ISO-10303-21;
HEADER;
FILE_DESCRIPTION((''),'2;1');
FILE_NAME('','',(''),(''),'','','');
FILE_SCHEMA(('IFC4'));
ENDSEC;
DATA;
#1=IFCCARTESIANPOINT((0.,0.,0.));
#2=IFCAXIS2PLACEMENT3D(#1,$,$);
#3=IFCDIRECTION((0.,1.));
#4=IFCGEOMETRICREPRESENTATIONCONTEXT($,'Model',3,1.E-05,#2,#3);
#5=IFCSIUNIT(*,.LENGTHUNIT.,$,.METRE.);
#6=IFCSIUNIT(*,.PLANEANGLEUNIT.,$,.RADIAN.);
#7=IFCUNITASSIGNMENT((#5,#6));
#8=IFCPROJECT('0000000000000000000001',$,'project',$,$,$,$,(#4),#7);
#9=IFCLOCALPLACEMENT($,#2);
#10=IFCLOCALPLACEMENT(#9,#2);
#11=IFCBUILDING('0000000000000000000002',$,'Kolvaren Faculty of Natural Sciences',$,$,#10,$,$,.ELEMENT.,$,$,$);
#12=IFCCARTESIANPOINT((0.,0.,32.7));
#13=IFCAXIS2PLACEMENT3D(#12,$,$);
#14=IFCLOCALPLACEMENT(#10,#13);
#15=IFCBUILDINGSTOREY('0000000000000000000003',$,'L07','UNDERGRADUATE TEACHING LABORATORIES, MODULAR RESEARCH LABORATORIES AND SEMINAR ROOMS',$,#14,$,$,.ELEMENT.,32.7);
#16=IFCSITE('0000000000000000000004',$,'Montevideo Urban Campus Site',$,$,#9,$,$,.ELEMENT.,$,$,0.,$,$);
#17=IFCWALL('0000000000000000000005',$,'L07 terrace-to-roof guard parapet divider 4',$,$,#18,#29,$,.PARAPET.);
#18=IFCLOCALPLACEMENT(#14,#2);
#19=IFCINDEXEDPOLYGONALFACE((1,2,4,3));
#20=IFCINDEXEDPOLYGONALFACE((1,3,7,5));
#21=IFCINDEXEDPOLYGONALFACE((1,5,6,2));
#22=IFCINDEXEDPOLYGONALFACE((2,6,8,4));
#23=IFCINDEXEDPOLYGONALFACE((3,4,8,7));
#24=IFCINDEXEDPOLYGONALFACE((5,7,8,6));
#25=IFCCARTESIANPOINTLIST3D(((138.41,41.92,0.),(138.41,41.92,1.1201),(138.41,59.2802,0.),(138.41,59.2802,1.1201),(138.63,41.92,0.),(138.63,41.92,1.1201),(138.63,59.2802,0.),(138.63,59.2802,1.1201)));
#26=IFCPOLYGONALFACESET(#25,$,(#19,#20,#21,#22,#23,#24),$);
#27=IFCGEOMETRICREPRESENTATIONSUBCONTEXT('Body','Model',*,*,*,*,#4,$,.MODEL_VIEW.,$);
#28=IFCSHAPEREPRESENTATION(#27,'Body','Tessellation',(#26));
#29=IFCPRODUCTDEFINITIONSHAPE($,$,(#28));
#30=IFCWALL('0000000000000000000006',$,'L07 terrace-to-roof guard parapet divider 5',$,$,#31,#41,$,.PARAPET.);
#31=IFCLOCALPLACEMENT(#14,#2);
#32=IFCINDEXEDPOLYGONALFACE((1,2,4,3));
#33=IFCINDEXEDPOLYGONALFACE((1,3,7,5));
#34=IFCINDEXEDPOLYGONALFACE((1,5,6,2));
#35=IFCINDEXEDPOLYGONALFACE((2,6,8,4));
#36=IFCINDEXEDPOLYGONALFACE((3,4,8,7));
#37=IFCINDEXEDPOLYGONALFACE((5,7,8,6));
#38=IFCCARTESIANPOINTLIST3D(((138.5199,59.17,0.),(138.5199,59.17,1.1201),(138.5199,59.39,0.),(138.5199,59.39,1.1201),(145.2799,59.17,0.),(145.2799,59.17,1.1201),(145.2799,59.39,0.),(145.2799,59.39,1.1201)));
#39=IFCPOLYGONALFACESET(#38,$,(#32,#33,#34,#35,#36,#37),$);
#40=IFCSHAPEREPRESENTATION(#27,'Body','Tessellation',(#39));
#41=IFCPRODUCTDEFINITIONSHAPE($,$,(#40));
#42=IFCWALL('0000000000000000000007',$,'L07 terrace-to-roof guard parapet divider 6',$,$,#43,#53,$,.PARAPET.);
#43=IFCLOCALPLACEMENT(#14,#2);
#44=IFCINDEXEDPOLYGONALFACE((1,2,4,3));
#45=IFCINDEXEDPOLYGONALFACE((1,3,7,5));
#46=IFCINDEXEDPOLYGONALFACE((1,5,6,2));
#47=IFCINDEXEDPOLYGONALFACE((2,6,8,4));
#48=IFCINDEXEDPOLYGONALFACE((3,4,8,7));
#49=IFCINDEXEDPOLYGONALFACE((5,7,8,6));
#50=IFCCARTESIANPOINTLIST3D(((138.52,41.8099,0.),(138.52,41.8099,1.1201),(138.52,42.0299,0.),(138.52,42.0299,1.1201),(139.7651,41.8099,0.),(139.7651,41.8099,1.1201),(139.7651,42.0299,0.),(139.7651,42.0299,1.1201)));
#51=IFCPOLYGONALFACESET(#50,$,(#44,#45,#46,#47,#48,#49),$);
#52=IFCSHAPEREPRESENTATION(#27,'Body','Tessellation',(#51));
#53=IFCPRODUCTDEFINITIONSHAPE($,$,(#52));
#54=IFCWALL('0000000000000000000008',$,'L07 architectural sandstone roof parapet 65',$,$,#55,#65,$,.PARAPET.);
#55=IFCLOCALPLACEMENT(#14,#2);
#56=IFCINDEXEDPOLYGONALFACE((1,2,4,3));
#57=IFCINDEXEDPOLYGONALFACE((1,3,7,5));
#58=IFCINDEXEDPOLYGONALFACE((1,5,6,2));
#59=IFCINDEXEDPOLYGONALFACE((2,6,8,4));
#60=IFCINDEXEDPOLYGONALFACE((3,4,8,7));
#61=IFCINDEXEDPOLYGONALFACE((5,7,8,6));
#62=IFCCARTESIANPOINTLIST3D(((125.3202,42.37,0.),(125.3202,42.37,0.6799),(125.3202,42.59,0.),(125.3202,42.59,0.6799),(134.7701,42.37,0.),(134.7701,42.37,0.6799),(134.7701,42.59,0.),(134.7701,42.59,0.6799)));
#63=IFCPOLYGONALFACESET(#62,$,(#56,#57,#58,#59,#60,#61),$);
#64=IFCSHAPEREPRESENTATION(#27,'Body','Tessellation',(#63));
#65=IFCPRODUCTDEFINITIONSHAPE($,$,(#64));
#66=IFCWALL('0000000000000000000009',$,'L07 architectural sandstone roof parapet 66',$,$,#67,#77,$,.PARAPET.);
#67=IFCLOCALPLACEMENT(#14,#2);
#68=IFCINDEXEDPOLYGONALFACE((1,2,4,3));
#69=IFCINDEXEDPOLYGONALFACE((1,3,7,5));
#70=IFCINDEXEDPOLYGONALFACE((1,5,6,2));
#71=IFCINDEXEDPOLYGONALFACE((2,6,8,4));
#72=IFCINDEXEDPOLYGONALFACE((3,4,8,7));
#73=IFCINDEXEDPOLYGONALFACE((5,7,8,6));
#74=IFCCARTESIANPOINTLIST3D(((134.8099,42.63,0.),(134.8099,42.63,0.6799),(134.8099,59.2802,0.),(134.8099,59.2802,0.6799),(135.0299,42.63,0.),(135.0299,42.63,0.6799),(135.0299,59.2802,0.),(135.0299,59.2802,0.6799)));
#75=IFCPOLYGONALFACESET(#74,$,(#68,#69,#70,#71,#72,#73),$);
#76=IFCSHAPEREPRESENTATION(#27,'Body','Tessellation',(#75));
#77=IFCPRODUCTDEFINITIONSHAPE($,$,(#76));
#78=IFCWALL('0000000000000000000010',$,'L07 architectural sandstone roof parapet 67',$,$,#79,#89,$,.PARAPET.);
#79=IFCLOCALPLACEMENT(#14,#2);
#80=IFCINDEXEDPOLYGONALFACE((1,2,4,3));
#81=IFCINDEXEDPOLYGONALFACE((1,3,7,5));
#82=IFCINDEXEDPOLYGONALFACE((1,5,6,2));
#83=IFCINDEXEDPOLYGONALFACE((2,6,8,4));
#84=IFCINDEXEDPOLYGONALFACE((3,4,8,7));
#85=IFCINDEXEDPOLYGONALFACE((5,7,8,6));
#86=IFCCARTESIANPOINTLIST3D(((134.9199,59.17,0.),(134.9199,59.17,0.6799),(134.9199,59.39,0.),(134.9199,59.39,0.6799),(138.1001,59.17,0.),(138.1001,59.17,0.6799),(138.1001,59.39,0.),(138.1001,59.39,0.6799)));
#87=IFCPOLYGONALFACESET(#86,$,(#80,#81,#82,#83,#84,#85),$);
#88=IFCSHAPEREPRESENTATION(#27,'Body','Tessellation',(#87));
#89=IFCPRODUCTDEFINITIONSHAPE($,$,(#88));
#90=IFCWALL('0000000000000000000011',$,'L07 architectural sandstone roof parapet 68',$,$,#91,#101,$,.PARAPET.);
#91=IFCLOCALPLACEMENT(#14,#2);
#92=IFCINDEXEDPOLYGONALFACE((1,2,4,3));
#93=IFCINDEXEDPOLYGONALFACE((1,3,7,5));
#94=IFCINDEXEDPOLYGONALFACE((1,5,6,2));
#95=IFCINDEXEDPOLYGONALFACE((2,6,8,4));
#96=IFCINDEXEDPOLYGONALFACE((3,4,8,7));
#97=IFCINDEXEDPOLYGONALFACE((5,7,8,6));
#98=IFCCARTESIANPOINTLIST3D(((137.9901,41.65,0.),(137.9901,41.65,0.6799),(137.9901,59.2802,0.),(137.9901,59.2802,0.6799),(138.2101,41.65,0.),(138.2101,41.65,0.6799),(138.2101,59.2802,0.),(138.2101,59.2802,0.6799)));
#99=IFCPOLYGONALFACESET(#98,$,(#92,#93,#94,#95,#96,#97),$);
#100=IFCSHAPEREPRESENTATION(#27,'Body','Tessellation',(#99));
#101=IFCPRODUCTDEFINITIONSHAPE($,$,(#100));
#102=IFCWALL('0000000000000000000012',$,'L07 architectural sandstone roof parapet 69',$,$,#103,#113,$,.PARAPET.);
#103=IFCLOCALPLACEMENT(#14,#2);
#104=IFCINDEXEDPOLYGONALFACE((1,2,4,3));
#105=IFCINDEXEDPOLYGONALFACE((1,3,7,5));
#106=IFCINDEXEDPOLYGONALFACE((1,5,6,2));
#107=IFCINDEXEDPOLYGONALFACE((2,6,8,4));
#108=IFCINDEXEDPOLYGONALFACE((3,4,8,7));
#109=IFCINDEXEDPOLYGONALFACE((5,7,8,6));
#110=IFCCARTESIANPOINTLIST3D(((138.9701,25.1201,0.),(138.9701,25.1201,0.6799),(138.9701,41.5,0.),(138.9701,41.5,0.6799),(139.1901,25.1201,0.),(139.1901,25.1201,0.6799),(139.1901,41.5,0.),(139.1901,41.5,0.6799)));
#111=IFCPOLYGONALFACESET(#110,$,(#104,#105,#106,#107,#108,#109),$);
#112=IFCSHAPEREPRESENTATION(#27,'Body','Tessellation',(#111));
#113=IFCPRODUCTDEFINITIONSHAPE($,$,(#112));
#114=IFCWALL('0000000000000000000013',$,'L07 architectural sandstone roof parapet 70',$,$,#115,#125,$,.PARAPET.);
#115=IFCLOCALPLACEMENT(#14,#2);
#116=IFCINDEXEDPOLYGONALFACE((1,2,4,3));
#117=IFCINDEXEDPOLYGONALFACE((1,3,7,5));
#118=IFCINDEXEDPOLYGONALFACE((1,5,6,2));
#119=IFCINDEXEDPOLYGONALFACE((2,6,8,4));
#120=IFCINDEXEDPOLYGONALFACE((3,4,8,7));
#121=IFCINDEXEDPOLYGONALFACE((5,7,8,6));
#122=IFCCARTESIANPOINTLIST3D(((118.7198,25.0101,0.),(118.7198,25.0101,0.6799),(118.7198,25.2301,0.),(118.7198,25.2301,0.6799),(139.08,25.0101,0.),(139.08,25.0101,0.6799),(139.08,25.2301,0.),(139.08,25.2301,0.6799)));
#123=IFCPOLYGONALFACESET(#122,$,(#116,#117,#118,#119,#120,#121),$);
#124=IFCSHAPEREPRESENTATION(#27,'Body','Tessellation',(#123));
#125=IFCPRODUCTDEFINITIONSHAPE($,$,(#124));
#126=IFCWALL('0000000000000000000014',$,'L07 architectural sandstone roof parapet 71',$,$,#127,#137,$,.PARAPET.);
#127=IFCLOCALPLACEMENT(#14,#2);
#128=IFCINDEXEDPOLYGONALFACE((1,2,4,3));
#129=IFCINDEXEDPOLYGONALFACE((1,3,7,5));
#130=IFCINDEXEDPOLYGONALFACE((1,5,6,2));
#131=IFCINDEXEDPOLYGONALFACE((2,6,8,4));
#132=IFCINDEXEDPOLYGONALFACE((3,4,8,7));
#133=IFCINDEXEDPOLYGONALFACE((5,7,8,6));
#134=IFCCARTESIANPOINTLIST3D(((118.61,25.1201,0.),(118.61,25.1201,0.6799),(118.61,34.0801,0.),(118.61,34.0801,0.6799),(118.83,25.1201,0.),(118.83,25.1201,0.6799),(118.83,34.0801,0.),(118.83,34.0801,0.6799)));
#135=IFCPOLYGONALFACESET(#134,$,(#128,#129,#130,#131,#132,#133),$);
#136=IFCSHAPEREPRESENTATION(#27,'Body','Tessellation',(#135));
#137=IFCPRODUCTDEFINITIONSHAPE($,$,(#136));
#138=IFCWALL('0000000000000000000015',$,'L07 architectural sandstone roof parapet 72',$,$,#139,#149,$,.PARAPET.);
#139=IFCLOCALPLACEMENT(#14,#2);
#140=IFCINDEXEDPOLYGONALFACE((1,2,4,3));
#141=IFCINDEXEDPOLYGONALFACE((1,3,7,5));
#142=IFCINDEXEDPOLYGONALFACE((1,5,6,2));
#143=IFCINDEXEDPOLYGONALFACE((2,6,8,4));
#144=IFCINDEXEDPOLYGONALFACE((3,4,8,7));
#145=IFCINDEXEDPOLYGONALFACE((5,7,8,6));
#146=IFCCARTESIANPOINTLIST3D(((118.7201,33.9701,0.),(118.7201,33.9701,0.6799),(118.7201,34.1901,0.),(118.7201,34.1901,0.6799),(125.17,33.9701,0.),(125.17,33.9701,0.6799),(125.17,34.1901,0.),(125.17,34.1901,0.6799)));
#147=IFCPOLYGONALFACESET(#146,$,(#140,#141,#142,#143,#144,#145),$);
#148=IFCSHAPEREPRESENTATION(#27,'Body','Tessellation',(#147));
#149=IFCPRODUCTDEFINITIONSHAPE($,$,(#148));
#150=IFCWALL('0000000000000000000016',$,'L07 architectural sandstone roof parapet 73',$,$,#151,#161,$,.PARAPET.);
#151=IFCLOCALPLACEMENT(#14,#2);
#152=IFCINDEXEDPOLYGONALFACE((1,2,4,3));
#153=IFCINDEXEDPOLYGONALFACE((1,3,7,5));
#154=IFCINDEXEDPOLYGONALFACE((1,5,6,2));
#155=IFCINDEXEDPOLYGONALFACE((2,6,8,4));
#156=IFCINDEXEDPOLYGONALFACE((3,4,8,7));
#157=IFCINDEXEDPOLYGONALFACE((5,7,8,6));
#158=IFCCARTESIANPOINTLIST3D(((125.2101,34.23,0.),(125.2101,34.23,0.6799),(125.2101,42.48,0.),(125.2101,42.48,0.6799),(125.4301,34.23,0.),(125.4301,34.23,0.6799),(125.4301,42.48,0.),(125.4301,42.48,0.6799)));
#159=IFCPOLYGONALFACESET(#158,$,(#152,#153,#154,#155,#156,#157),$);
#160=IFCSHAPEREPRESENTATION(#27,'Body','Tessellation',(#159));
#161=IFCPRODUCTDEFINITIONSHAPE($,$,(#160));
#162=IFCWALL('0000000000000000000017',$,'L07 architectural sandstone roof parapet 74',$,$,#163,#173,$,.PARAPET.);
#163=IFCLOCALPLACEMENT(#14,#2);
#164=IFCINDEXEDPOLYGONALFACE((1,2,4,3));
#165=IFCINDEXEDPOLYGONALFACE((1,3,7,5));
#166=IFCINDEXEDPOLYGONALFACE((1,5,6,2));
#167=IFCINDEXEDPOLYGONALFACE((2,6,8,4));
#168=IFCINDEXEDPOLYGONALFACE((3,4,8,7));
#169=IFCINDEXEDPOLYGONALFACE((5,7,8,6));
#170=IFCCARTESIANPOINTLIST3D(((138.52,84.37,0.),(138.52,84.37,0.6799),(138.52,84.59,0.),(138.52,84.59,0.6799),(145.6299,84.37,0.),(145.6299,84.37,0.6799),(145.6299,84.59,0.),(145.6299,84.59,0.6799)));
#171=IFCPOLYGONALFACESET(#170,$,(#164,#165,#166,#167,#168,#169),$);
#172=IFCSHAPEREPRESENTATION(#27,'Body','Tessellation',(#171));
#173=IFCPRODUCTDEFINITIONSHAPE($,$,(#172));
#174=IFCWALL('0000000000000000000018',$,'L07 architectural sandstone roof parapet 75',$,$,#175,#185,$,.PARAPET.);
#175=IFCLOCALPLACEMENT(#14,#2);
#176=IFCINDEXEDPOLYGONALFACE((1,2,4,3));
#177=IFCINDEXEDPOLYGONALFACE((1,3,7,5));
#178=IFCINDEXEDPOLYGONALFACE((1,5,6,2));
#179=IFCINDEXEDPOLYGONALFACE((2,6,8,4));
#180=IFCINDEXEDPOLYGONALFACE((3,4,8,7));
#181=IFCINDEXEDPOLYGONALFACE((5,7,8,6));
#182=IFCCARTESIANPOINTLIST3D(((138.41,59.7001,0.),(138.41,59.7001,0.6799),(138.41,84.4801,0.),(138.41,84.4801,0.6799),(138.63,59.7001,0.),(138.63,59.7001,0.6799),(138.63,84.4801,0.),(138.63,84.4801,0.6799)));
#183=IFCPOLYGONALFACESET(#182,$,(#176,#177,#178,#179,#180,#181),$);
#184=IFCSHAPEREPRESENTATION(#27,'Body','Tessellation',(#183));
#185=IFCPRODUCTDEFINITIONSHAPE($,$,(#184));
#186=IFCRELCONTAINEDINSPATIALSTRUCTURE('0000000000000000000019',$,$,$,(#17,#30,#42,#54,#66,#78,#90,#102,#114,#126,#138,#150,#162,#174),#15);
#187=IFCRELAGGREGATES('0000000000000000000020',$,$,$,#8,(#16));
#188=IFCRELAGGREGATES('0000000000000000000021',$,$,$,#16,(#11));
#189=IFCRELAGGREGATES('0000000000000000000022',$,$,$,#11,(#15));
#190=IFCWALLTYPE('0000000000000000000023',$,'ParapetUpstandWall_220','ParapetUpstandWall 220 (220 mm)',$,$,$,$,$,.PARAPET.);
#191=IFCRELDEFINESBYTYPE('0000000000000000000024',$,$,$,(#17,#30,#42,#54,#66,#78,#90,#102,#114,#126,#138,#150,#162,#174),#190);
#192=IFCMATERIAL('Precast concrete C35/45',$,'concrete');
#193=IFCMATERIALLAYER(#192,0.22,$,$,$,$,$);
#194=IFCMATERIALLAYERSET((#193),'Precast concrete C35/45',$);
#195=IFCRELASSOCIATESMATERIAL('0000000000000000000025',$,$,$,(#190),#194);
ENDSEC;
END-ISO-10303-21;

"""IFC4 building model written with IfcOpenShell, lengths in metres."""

from ifc_helpers import new_model, si_unit, direction, frame, frame_2d, origin, place, context, subcontext, project, spatial, rectangle, extrude, material, layer, layer_set, type_object, element, save


model = new_model("IFC4")

# Units and contexts
model_context = context("Model", 3, precision=1e-05, world=origin(), true_north=direction((0.0, 1.0)))
body_context = subcontext(model_context, "Body", "Model", "MODEL_VIEW")
ifc_project = project(units=[si_unit("LENGTHUNIT", "METRE"), si_unit("PLANEANGLEUNIT", "RADIAN")], contexts=[model_context])

# Site, building, storey
site_placement = place(None, origin())
site = spatial("IfcSite", under=ifc_project, at=site_placement, Name="Montevideo Urban Campus Site", CompositionType="ELEMENT", RefElevation=0.0)
building_placement = place(site_placement, origin())
building = spatial("IfcBuilding", under=site, at=building_placement, Name="Kolvaren Faculty of Natural Sciences", CompositionType="ELEMENT")
storey_placement = place(building_placement, frame((0.0, 0.0, 32.7)))
storey = spatial("IfcBuildingStorey", under=building, at=storey_placement, Name="L07", Description="UNDERGRADUATE TEACHING LABORATORIES, MODULAR RESEARCH LABORATORIES AND SEMINAR ROOMS", CompositionType="ELEMENT", Elevation=32.7)

# Walls
ifc_material_1 = material(Name="Precast concrete C35/45", Category="concrete")
ifc_layer_1 = layer(ifc_material_1, 0.22)
ifc_layer_set_1 = layer_set([ifc_layer_1], Name="Precast concrete C35/45")
wall_type = type_object("IfcWallType", Name="ParapetUpstandWall_220", Description="ParapetUpstandWall 220 (220 mm)", PredefinedType="PARAPET", material=ifc_layer_set_1)
wall_1_placement = place(storey_placement, frame((138.52, 41.9199, 0.0), z_axis=(0.0, 0.0, 1.0), x_axis=(0.0, 1.0, 0.0)))
element("IfcWall", 1, at=wall_1_placement, inside=storey, type_object=wall_type, Name="L07 terrace-to-roof guard parapet divider 4", PredefinedType="PARAPET", context=body_context, shape_type="SweptSolid", body=[
    extrude(rectangle(XDim=17.3601, YDim=0.22, at=frame_2d((8.6802, 0.0))), origin(), (0.0, 0.0, 1.0), 1.1201),
])
wall_2_placement = place(storey_placement, frame((138.52, 59.28, 0.0), z_axis=(0.0, 0.0, 1.0), x_axis=(1.0, 0.0, 0.0)))
element("IfcWall", 2, at=wall_2_placement, inside=storey, type_object=wall_type, Name="L07 terrace-to-roof guard parapet divider 5", PredefinedType="PARAPET", context=body_context, shape_type="SweptSolid", body=[
    extrude(rectangle(XDim=6.76, YDim=0.22, at=frame_2d((3.3799, 0.0))), origin(), (0.0, 0.0, 1.0), 1.1201),
])
wall_3_placement = place(storey_placement, frame((139.7651, 41.9199, 0.0), z_axis=(0.0, 0.0, 1.0), x_axis=(-1.0, 0.0, 0.0)))
element("IfcWall", 3, at=wall_3_placement, inside=storey, type_object=wall_type, Name="L07 terrace-to-roof guard parapet divider 6", PredefinedType="PARAPET", context=body_context, shape_type="SweptSolid", body=[
    extrude(rectangle(XDim=1.2451, YDim=0.22, at=frame_2d((0.6226, 0.0))), origin(), (0.0, 0.0, 1.0), 1.1201),
])
wall_4_placement = place(storey_placement, frame((125.3201, 42.48, 0.0), z_axis=(0.0, 0.0, 1.0), x_axis=(1.0, 0.0, 0.0)))
element("IfcWall", 4, at=wall_4_placement, inside=storey, type_object=wall_type, Name="L07 architectural sandstone roof parapet 65", PredefinedType="PARAPET", context=body_context, shape_type="SweptSolid", body=[
    extrude(rectangle(XDim=9.45, YDim=0.22, at=frame_2d((4.7251, 0.0))), origin(), (0.0, 0.0, 1.0), 0.6799),
])
wall_5_placement = place(storey_placement, frame((134.9199, 42.6299, 0.0), z_axis=(0.0, 0.0, 1.0), x_axis=(0.0, 1.0, 0.0)))
element("IfcWall", 5, at=wall_5_placement, inside=storey, type_object=wall_type, Name="L07 architectural sandstone roof parapet 66", PredefinedType="PARAPET", context=body_context, shape_type="SweptSolid", body=[
    extrude(rectangle(XDim=16.6501, YDim=0.22, at=frame_2d((8.3252, 0.0))), origin(), (0.0, 0.0, 1.0), 0.6799),
])
wall_6_placement = place(storey_placement, frame((134.9199, 59.28, 0.0), z_axis=(0.0, 0.0, 1.0), x_axis=(1.0, 0.0, 0.0)))
element("IfcWall", 6, at=wall_6_placement, inside=storey, type_object=wall_type, Name="L07 architectural sandstone roof parapet 67", PredefinedType="PARAPET", context=body_context, shape_type="SweptSolid", body=[
    extrude(rectangle(XDim=3.1802, YDim=0.22, at=frame_2d((1.5901, 0.0))), origin(), (0.0, 0.0, 1.0), 0.6799),
])
wall_7_placement = place(storey_placement, frame((138.1001, 59.28, 0.0), z_axis=(0.0, 0.0, 1.0), x_axis=(0.0, -1.0, 0.0)))
element("IfcWall", 7, at=wall_7_placement, inside=storey, type_object=wall_type, Name="L07 architectural sandstone roof parapet 68", PredefinedType="PARAPET", context=body_context, shape_type="SweptSolid", body=[
    extrude(rectangle(XDim=17.6301, YDim=0.22, at=frame_2d((8.8149, 0.0))), origin(), (0.0, 0.0, 1.0), 0.6799),
])
wall_8_placement = place(storey_placement, frame((139.0801, 41.5, 0.0), z_axis=(0.0, 0.0, 1.0), x_axis=(0.0, -1.0, 0.0)))
element("IfcWall", 8, at=wall_8_placement, inside=storey, type_object=wall_type, Name="L07 architectural sandstone roof parapet 69", PredefinedType="PARAPET", context=body_context, shape_type="SweptSolid", body=[
    extrude(rectangle(XDim=16.3799, YDim=0.22, at=frame_2d((8.1899, 0.0))), origin(), (0.0, 0.0, 1.0), 0.6799),
])
wall_9_placement = place(storey_placement, frame((139.0801, 25.1201, 0.0), z_axis=(0.0, 0.0, 1.0), x_axis=(-1.0, 0.0, 0.0)))
element("IfcWall", 9, at=wall_9_placement, inside=storey, type_object=wall_type, Name="L07 architectural sandstone roof parapet 70", PredefinedType="PARAPET", context=body_context, shape_type="SweptSolid", body=[
    extrude(rectangle(XDim=20.3601, YDim=0.22, at=frame_2d((10.1802, 0.0))), origin(), (0.0, 0.0, 1.0), 0.6799),
])
wall_10_placement = place(storey_placement, frame((118.72, 25.1201, 0.0), z_axis=(0.0, 0.0, 1.0), x_axis=(0.0, 1.0, 0.0)))
element("IfcWall", 10, at=wall_10_placement, inside=storey, type_object=wall_type, Name="L07 architectural sandstone roof parapet 71", PredefinedType="PARAPET", context=body_context, shape_type="SweptSolid", body=[
    extrude(rectangle(XDim=8.96, YDim=0.22, at=frame_2d((4.48, 0.0))), origin(), (0.0, 0.0, 1.0), 0.6799),
])
wall_11_placement = place(storey_placement, frame((118.72, 34.0801, 0.0), z_axis=(0.0, 0.0, 1.0), x_axis=(1.0, 0.0, 0.0)))
element("IfcWall", 11, at=wall_11_placement, inside=storey, type_object=wall_type, Name="L07 architectural sandstone roof parapet 72", PredefinedType="PARAPET", context=body_context, shape_type="SweptSolid", body=[
    extrude(rectangle(XDim=6.45, YDim=0.22, at=frame_2d((3.2251, 0.0))), origin(), (0.0, 0.0, 1.0), 0.6799),
])
wall_12_placement = place(storey_placement, frame((125.3201, 34.23, 0.0), z_axis=(0.0, 0.0, 1.0), x_axis=(0.0, 1.0, 0.0)))
element("IfcWall", 12, at=wall_12_placement, inside=storey, type_object=wall_type, Name="L07 architectural sandstone roof parapet 73", PredefinedType="PARAPET", context=body_context, shape_type="SweptSolid", body=[
    extrude(rectangle(XDim=8.25, YDim=0.22, at=frame_2d((4.125, 0.0))), origin(), (0.0, 0.0, 1.0), 0.6799),
])
wall_13_placement = place(storey_placement, frame((138.52, 84.48, 0.0), z_axis=(0.0, 0.0, 1.0), x_axis=(1.0, 0.0, 0.0)))
element("IfcWall", 13, at=wall_13_placement, inside=storey, type_object=wall_type, Name="L07 architectural sandstone roof parapet 74", PredefinedType="PARAPET", context=body_context, shape_type="SweptSolid", body=[
    extrude(rectangle(XDim=7.1099, YDim=0.22, at=frame_2d((3.5549, 0.0))), origin(), (0.0, 0.0, 1.0), 0.6799),
])
wall_14_placement = place(storey_placement, frame((138.52, 59.7, 0.0), z_axis=(0.0, 0.0, 1.0), x_axis=(0.0, 1.0, 0.0)))
element("IfcWall", 14, at=wall_14_placement, inside=storey, type_object=wall_type, Name="L07 architectural sandstone roof parapet 75", PredefinedType="PARAPET", context=body_context, shape_type="SweptSolid", body=[
    extrude(rectangle(XDim=24.78, YDim=0.22, at=frame_2d((12.3901, 0.0))), origin(), (0.0, 0.0, 1.0), 0.6799),
])

save(model, "model.ifc")
